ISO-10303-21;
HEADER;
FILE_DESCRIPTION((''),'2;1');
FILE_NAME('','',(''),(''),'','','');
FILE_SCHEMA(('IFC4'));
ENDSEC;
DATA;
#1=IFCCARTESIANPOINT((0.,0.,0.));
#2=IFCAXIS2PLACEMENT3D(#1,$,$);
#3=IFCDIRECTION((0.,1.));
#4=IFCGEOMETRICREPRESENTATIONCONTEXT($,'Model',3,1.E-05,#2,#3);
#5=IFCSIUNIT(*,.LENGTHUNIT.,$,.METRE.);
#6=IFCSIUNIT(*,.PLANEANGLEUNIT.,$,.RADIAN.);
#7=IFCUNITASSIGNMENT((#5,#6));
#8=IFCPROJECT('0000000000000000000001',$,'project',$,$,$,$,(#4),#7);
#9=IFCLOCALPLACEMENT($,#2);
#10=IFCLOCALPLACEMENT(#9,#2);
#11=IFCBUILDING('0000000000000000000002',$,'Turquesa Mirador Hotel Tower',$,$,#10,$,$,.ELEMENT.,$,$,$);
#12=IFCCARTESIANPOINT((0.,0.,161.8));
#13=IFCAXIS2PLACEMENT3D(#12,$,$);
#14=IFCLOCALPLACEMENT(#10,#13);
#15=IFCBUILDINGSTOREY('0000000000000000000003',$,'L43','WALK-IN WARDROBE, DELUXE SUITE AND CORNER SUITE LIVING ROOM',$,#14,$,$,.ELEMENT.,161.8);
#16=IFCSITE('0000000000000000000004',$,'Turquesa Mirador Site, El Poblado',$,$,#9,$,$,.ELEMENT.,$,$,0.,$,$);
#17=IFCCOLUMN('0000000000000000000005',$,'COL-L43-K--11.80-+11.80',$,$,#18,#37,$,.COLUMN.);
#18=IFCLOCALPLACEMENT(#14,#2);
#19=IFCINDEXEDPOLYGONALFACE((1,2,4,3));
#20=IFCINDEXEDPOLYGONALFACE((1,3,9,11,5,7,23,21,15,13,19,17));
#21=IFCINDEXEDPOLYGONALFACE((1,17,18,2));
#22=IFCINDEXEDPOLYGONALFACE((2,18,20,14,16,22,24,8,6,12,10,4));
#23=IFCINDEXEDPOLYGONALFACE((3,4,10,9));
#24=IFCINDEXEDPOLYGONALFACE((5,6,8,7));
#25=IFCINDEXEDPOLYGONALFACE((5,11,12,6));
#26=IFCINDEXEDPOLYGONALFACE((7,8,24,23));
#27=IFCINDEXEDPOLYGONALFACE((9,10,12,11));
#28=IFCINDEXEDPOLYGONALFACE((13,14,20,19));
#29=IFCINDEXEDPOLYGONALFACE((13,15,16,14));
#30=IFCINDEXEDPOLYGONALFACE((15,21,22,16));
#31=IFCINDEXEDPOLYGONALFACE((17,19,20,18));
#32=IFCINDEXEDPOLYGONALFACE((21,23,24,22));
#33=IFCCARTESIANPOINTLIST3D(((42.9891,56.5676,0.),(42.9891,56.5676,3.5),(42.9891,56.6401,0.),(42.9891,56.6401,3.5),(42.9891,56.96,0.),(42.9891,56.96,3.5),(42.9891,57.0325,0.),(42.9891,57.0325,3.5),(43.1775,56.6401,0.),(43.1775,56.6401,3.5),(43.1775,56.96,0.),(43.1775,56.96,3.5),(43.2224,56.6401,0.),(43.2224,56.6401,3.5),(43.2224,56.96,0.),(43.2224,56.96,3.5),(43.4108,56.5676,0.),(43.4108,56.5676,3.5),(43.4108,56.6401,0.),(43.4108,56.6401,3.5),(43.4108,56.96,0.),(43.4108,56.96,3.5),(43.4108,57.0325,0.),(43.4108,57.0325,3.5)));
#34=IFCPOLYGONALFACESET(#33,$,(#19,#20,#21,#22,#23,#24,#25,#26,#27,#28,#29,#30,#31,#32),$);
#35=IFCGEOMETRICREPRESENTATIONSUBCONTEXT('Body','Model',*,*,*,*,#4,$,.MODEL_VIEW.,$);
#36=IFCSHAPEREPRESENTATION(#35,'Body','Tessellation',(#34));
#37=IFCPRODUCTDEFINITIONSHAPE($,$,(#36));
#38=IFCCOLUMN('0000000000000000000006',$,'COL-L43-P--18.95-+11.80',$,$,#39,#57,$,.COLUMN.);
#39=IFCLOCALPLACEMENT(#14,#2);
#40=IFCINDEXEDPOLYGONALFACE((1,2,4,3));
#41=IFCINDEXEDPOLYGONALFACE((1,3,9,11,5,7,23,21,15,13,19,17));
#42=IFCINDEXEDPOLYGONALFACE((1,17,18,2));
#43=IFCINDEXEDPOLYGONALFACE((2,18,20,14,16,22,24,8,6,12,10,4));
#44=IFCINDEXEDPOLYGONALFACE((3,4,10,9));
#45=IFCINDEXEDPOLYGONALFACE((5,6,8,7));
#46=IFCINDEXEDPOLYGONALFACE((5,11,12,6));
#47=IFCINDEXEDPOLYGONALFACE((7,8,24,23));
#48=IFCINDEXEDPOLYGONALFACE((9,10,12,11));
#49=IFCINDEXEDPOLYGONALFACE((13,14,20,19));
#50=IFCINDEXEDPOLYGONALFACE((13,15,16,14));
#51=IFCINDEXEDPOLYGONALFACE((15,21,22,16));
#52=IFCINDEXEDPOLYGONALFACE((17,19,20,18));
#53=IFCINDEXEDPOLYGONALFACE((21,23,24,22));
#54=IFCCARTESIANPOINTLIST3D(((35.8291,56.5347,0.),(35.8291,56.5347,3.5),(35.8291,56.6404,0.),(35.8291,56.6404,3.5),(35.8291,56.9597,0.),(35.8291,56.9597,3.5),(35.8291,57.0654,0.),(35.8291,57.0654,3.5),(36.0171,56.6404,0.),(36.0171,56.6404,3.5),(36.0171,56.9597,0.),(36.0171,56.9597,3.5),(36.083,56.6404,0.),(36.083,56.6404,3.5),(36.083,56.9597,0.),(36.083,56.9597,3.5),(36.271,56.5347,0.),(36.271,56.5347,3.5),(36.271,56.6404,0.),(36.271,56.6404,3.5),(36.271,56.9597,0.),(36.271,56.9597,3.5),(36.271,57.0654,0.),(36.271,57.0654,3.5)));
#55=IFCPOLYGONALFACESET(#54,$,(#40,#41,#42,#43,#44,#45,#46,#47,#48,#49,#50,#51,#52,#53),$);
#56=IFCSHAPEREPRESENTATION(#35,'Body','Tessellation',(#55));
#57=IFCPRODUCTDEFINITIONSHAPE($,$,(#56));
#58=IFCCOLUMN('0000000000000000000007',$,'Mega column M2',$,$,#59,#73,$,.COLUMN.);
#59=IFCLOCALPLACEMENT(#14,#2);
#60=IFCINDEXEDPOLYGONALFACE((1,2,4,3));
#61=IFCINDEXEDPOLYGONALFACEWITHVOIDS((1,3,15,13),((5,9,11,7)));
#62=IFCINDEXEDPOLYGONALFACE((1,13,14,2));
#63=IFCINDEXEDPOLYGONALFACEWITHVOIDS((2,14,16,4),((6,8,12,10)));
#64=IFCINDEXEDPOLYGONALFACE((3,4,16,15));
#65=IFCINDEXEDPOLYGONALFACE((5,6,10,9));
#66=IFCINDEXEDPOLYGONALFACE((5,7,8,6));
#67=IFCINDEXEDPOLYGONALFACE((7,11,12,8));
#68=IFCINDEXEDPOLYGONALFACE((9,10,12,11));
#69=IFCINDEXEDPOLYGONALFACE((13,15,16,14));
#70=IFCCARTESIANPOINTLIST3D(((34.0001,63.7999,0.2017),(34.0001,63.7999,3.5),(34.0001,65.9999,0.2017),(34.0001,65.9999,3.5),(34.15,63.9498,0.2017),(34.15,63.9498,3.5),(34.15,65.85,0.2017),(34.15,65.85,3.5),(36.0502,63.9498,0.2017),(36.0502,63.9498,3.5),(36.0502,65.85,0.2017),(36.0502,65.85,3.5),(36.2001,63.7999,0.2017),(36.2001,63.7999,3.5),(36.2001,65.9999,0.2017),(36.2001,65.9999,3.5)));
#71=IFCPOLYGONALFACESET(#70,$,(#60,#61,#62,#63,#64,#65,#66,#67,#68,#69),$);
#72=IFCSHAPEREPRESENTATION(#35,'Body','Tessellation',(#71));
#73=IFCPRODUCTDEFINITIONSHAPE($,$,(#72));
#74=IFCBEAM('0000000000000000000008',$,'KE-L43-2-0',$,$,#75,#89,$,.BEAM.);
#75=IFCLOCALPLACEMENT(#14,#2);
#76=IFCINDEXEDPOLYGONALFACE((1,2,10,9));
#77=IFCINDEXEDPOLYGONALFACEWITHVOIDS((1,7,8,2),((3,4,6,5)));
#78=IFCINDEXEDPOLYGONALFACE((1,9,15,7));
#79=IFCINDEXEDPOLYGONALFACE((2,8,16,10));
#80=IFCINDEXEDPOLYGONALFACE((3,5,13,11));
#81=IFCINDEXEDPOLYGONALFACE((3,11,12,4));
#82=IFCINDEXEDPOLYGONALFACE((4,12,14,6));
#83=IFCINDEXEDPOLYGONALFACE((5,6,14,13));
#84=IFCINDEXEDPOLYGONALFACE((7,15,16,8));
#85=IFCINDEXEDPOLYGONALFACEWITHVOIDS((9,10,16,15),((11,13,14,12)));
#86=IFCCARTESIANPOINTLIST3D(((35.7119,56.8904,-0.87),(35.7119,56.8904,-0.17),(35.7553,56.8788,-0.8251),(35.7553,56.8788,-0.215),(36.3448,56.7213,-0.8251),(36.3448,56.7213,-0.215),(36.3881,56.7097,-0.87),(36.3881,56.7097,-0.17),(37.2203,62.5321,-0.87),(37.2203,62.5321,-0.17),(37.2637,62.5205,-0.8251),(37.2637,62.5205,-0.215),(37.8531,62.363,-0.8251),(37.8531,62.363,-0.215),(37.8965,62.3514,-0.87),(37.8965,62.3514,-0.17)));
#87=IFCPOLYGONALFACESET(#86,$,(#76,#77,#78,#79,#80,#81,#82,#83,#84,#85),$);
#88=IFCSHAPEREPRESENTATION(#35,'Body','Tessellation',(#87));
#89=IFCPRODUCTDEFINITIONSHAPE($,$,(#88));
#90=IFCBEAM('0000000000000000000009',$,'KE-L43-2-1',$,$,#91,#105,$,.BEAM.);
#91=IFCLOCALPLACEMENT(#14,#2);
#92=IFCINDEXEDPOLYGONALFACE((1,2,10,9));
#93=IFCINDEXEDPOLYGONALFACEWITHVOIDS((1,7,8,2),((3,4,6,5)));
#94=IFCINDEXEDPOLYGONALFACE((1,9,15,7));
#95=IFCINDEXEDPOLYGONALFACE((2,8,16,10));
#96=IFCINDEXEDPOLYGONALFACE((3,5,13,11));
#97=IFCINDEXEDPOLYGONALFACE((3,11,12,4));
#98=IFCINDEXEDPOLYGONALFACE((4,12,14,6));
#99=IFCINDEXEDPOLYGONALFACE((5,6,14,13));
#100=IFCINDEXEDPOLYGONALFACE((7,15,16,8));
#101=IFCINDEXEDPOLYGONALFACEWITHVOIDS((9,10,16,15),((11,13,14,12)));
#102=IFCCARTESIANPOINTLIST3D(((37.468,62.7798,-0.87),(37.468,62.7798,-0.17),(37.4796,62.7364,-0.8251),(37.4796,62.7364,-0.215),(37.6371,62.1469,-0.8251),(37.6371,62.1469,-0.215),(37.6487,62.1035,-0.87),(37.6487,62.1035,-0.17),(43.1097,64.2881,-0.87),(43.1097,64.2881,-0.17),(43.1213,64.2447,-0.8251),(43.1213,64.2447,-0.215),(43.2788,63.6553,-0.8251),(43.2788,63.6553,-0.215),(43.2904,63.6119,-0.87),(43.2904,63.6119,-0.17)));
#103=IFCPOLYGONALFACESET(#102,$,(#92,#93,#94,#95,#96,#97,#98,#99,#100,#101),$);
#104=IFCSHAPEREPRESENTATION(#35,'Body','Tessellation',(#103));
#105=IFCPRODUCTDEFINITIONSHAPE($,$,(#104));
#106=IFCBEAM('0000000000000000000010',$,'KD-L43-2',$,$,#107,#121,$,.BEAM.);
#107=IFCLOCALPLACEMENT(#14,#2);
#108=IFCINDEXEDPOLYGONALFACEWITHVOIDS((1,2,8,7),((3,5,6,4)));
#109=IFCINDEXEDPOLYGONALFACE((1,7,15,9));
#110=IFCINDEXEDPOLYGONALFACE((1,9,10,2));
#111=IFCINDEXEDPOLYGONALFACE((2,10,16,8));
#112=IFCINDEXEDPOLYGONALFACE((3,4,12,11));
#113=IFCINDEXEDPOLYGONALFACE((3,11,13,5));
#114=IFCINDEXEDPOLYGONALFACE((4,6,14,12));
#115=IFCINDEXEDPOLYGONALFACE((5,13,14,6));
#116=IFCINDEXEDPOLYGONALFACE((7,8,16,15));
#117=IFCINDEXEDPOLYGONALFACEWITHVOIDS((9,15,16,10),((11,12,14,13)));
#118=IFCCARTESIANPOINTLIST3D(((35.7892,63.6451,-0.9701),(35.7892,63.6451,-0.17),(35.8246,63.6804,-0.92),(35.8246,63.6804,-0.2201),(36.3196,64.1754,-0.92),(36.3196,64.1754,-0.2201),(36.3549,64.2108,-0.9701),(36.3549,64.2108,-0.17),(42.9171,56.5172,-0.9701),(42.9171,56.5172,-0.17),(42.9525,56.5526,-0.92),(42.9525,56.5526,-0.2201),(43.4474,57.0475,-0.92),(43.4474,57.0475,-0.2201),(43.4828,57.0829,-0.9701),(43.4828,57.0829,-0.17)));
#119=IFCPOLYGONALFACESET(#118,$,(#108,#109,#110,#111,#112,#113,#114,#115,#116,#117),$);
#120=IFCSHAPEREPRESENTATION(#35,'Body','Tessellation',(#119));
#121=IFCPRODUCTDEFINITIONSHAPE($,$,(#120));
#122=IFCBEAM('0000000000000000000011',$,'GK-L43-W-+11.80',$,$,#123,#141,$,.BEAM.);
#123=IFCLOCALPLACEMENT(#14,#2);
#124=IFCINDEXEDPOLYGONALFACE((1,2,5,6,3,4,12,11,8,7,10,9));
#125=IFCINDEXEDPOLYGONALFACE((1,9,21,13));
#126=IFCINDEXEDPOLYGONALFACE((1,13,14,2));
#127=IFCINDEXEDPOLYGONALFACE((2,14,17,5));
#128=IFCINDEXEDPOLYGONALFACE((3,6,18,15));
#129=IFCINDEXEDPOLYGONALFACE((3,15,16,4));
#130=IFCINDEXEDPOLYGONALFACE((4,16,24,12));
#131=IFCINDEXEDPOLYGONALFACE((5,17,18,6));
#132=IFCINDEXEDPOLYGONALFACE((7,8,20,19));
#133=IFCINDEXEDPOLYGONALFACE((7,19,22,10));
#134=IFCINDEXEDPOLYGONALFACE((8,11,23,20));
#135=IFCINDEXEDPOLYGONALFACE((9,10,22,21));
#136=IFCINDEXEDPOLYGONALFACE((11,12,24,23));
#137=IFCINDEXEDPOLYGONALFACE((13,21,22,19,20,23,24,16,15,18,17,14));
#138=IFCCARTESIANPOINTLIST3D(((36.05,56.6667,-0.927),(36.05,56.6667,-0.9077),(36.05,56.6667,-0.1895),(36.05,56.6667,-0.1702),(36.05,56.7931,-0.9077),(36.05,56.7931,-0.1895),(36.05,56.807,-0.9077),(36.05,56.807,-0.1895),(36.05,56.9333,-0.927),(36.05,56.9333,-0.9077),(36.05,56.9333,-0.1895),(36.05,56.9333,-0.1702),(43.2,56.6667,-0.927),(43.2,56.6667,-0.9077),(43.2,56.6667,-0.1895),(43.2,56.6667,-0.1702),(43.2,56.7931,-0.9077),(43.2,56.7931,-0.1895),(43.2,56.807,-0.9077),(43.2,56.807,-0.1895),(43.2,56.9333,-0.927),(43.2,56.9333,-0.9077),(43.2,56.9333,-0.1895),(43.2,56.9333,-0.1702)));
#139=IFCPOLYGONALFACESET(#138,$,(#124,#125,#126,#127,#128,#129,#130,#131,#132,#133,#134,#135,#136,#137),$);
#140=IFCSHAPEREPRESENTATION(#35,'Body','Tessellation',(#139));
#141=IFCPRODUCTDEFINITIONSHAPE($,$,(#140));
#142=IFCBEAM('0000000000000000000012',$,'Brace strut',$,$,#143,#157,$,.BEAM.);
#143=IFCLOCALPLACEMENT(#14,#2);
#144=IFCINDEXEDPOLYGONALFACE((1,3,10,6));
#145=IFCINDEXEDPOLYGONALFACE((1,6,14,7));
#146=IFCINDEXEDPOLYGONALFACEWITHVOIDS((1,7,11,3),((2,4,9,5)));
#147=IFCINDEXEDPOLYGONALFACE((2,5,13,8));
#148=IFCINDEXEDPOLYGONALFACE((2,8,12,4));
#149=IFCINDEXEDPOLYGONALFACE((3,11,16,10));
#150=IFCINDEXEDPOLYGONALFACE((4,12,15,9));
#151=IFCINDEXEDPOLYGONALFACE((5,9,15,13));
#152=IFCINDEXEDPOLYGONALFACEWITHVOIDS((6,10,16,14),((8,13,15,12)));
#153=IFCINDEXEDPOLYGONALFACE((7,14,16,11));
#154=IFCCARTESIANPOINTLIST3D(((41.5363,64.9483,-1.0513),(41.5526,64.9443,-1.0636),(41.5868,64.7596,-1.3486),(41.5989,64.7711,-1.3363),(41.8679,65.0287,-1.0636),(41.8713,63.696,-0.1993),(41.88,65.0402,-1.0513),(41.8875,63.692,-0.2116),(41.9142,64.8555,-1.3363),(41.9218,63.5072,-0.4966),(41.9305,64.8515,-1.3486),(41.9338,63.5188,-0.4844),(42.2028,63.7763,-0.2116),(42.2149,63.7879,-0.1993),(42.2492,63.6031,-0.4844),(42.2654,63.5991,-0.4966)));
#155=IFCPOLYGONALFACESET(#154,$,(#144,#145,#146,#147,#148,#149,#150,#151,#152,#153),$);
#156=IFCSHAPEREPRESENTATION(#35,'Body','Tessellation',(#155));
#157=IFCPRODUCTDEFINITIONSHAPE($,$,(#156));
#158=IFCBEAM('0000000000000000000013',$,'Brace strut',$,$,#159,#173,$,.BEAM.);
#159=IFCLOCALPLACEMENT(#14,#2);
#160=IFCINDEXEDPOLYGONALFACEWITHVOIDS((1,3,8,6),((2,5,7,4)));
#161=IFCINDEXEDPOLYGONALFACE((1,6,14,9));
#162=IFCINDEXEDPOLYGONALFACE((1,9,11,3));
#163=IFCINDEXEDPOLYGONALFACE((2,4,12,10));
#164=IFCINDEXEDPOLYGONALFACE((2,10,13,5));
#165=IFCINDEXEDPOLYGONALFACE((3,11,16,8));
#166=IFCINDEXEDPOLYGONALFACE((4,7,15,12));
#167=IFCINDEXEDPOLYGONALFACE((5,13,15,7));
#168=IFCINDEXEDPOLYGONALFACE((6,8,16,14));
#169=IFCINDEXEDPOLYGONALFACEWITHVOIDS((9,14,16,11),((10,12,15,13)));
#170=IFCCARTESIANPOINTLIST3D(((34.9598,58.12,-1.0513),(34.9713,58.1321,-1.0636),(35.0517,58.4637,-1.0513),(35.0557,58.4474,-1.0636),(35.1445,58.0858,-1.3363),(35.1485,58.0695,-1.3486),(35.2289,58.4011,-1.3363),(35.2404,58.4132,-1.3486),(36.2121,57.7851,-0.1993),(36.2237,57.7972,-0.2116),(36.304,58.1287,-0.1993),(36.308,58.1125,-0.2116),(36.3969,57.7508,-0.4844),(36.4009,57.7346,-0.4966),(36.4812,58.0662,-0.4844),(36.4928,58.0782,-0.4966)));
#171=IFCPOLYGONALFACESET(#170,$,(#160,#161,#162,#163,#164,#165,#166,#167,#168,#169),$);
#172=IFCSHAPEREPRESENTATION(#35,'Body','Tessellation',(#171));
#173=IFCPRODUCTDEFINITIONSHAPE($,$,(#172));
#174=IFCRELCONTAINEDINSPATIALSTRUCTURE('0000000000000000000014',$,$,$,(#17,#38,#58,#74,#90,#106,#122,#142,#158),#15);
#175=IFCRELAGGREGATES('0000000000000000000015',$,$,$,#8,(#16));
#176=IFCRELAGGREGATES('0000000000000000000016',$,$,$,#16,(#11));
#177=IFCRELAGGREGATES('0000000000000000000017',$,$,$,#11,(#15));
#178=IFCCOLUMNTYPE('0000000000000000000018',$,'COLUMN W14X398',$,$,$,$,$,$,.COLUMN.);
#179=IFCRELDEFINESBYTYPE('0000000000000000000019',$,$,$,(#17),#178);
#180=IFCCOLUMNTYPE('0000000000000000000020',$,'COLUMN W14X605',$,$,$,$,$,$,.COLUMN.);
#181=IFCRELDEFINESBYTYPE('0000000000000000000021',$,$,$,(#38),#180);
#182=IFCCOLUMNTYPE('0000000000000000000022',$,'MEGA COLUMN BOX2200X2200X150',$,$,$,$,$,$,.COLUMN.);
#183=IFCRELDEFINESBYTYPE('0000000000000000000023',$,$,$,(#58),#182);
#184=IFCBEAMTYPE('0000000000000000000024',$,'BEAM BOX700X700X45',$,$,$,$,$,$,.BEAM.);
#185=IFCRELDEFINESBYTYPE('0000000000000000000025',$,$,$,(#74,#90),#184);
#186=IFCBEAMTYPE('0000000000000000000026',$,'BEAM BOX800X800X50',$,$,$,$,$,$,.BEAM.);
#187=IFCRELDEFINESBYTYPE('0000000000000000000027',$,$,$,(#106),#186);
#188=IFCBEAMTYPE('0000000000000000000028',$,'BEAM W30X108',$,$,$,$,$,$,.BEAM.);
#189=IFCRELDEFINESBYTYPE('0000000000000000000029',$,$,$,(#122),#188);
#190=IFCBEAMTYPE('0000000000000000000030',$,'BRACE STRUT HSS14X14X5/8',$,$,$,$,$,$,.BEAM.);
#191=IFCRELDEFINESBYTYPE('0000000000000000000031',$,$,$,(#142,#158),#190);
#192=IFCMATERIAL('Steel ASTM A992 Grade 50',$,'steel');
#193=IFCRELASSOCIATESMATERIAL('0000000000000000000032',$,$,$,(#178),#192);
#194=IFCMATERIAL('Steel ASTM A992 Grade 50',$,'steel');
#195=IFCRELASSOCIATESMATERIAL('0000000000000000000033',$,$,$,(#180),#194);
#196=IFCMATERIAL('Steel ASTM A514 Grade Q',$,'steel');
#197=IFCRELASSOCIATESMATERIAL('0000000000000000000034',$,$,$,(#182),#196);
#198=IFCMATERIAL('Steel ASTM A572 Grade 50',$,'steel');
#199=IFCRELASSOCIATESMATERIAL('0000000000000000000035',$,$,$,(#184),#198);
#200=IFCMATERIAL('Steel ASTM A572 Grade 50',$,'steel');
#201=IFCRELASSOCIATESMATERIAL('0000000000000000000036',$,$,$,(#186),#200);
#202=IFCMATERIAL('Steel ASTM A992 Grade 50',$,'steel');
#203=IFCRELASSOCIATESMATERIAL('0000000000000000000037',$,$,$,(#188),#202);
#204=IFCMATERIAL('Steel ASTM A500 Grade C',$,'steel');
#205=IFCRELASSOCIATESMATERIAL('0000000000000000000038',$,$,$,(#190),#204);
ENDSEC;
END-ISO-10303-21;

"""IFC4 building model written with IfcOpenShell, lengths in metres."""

from ifc_helpers import new_model, si_unit, direction, frame, origin, origin_2d, place, context, subcontext, project, spatial, hollow_rectangle, i_section, extrude, clip, halfspace, material, material_profile, profile_set, type_object, element, save


model = new_model("IFC4")

# Units and contexts
model_context = context("Model", 3, precision=1e-05, world=origin(), true_north=direction((0.0, 1.0)))
body_context = subcontext(model_context, "Body", "Model", "MODEL_VIEW")
ifc_project = project(units=[si_unit("LENGTHUNIT", "METRE"), si_unit("PLANEANGLEUNIT", "RADIAN")], contexts=[model_context])

# Site, building, storey
site_placement = place(None, origin())
site = spatial("IfcSite", under=ifc_project, at=site_placement, Name="Turquesa Mirador Site, El Poblado", CompositionType="ELEMENT", RefElevation=0.0)
building_placement = place(site_placement, origin())
building = spatial("IfcBuilding", under=site, at=building_placement, Name="Turquesa Mirador Hotel Tower", CompositionType="ELEMENT")
storey_placement = place(building_placement, frame((0.0, 0.0, 161.8)))
storey = spatial("IfcBuildingStorey", under=building, at=storey_placement, Name="L43", Description="WALK-IN WARDROBE, DELUXE SUITE AND CORNER SUITE LIVING ROOM", CompositionType="ELEMENT", Elevation=161.8)

# Columns
ifc_material_1 = material(Name="Steel ASTM A992 Grade 50", Category="steel")
ifc_material_profile_1 = material_profile(ifc_material_1, i_section(OverallWidth=0.4216, OverallDepth=0.4648, WebThickness=0.0449, FlangeThickness=0.0725, at=origin_2d()), Name="W14X398")
ifc_profile_set_1 = profile_set([ifc_material_profile_1], Name="Steel ASTM A992 Grade 50")
column_type_1 = type_object("IfcColumnType", Name="COLUMN W14X398", PredefinedType="COLUMN", material=ifc_profile_set_1)
column_1_placement = place(storey_placement, frame((43.2, 56.8, 0.0), z_axis=(0.0, 0.0, 1.0), x_axis=(1.0, 0.0, 0.0)))
element("IfcColumn", 1, at=column_1_placement, inside=storey, type_object=column_type_1, Name="COL-L43-K--11.80-+11.80", PredefinedType="COLUMN", context=body_context, shape_type="SweptSolid", body=[
    extrude(i_section(OverallWidth=0.4216, OverallDepth=0.4648, WebThickness=0.0449, FlangeThickness=0.0725, at=origin_2d()), origin(), (0.0, 0.0, 1.0), 3.5),
])
ifc_material_2 = material(Name="Steel ASTM A992 Grade 50", Category="steel")
ifc_material_profile_2 = material_profile(ifc_material_2, i_section(OverallWidth=0.4419, OverallDepth=0.5308, WebThickness=0.0659, FlangeThickness=0.1057, at=origin_2d()), Name="W14X605")
ifc_profile_set_2 = profile_set([ifc_material_profile_2], Name="Steel ASTM A992 Grade 50")
column_type_2 = type_object("IfcColumnType", Name="COLUMN W14X605", PredefinedType="COLUMN", material=ifc_profile_set_2)
column_2_placement = place(storey_placement, frame((36.05, 56.8, 0.0), z_axis=(0.0, 0.0, 1.0), x_axis=(1.0, 0.0, 0.0)))
element("IfcColumn", 2, at=column_2_placement, inside=storey, type_object=column_type_2, Name="COL-L43-P--18.95-+11.80", PredefinedType="COLUMN", context=body_context, shape_type="SweptSolid", body=[
    extrude(i_section(OverallWidth=0.4419, OverallDepth=0.5308, WebThickness=0.0659, FlangeThickness=0.1057, at=origin_2d()), origin(), (0.0, 0.0, 1.0), 3.5),
])
ifc_material_3 = material(Name="Steel ASTM A514 Grade Q", Category="steel")
ifc_material_profile_3 = material_profile(ifc_material_3, hollow_rectangle(XDim=2.2, YDim=2.2, WallThickness=0.1499, at=origin_2d()), Name="BOX2200X2200X150")
ifc_profile_set_3 = profile_set([ifc_material_profile_3], Name="Steel ASTM A514 Grade Q")
column_type_3 = type_object("IfcColumnType", Name="MEGA COLUMN BOX2200X2200X150", PredefinedType="COLUMN", material=ifc_profile_set_3)
column_3_placement = place(storey_placement, frame((35.1001, 64.8999, 0.0), z_axis=(0.0, 0.0, 1.0), x_axis=(1.0, 0.0, 0.0)))
element("IfcColumn", 3, at=column_3_placement, inside=storey, type_object=column_type_3, Name="Mega column M2", PredefinedType="COLUMN", context=body_context, shape_type="Clipping", body=[
    clip(extrude(hollow_rectangle(XDim=2.2, YDim=2.2, WallThickness=0.1499, at=origin_2d()), origin(), (0.0, 0.0, 1.0), 3.5), halfspace(frame((0.0, 0.0, 0.2017), z_axis=(0.0, 0.0, -1.0), x_axis=(1.0, 0.0, 0.0)), False)),
])

# Beams
ifc_material_4 = material(Name="Steel ASTM A572 Grade 50", Category="steel")
ifc_material_profile_4 = material_profile(ifc_material_4, hollow_rectangle(XDim=0.7, YDim=0.7, WallThickness=0.0449, at=origin_2d()), Name="BOX700X700X45")
ifc_profile_set_4 = profile_set([ifc_material_profile_4], Name="Steel ASTM A572 Grade 50")
beam_type_1 = type_object("IfcBeamType", Name="BEAM BOX700X700X45", PredefinedType="BEAM", material=ifc_profile_set_4)
for number, where, z_axis, x_axis, name in (
    (4, (36.05, 56.8, -0.52), (0.258282, 0.96607, 0.0), (-0.96607, 0.258282, 0.0), "KE-L43-2-0"),
    (5, (37.5583, 62.4417, -0.52), (0.96607, 0.258282, 0.0), (-0.258282, 0.96607, 0.0), "KE-L43-2-1"),
):
    element("IfcBeam", number, at=place(storey_placement, frame(where, z_axis=z_axis, x_axis=x_axis)), inside=storey, type_object=beam_type_1, Name=name, PredefinedType="BEAM", context=body_context, shape_type="SweptSolid", body=[
        extrude(hollow_rectangle(XDim=0.7, YDim=0.7, WallThickness=0.0449, at=origin_2d()), origin(), (0.0, 0.0, 1.0), 5.8398),
    ])
ifc_material_5 = material(Name="Steel ASTM A572 Grade 50", Category="steel")
ifc_material_profile_5 = material_profile(ifc_material_5, hollow_rectangle(XDim=0.8, YDim=0.8, WallThickness=0.05, at=origin_2d()), Name="BOX800X800X50")
ifc_profile_set_5 = profile_set([ifc_material_profile_5], Name="Steel ASTM A572 Grade 50")
beam_type_2 = type_object("IfcBeamType", Name="BEAM BOX800X800X50", PredefinedType="BEAM", material=ifc_profile_set_5)
beam_1_placement = place(storey_placement, frame((43.2, 56.8, -0.5701), z_axis=(-0.707107, 0.707107, 0.0), x_axis=(-0.707107, -0.707107, 0.0)))
element("IfcBeam", 6, at=beam_1_placement, inside=storey, type_object=beam_type_2, Name="KD-L43-2", PredefinedType="BEAM", context=body_context, shape_type="SweptSolid", body=[
    extrude(hollow_rectangle(XDim=0.8, YDim=0.8, WallThickness=0.05, at=origin_2d()), origin(), (0.0, 0.0, 1.0), 10.0803),
])
ifc_material_6 = material(Name="Steel ASTM A992 Grade 50", Category="steel")
ifc_material_profile_6 = material_profile(ifc_material_6, i_section(OverallWidth=0.2666, OverallDepth=0.7568, WebThickness=0.0139, FlangeThickness=0.0193, at=origin_2d()), Name="W30X108")
ifc_profile_set_6 = profile_set([ifc_material_profile_6], Name="Steel ASTM A992 Grade 50")
beam_type_3 = type_object("IfcBeamType", Name="BEAM W30X108", PredefinedType="BEAM", material=ifc_profile_set_6)
beam_2_placement = place(storey_placement, frame((36.05, 56.8, -0.5486), z_axis=(1.0, 0.0, 0.0), x_axis=(0.0, 1.0, 0.0)))
element("IfcBeam", 7, at=beam_2_placement, inside=storey, type_object=beam_type_3, Name="GK-L43-W-+11.80", PredefinedType="BEAM", context=body_context, shape_type="SweptSolid", body=[
    extrude(i_section(OverallWidth=0.2666, OverallDepth=0.7568, WebThickness=0.0139, FlangeThickness=0.0193, at=origin_2d()), origin(), (0.0, 0.0, 1.0), 7.1499),
])
ifc_material_7 = material(Name="Steel ASTM A500 Grade C", Category="steel")
ifc_material_profile_7 = material_profile(ifc_material_7, hollow_rectangle(XDim=0.3557, YDim=0.3557, WallThickness=0.0146, at=origin_2d()), Name="HSS14X14X5/8")
ifc_profile_set_7 = profile_set([ifc_material_profile_7], Name="Steel ASTM A500 Grade C")
beam_type_4 = type_object("IfcBeamType", Name="BRACE STRUT HSS14X14X5/8", PredefinedType="BEAM", material=ifc_profile_set_7)
for number, where, z_axis, x_axis, name in (
    (8, (41.7334, 64.8999, -1.2), (0.215911, -0.807305, 0.549219), (0.966047, 0.258366, 0.0), "Brace strut"),
    (9, (35.1001, 58.2666, -1.2), (0.807305, -0.215911, 0.549219), (0.258366, 0.966047, 0.0), "Brace strut"),
):
    element("IfcBeam", number, at=place(storey_placement, frame(where, z_axis=z_axis, x_axis=x_axis)), inside=storey, type_object=beam_type_4, Name=name, PredefinedType="BEAM", context=body_context, shape_type="SweptSolid", body=[
        extrude(hollow_rectangle(XDim=0.3557, YDim=0.3557, WallThickness=0.0146, at=origin_2d()), origin(), (0.0, 0.0, 1.0), 1.5513),
    ])

save(model, "model.ifc")
